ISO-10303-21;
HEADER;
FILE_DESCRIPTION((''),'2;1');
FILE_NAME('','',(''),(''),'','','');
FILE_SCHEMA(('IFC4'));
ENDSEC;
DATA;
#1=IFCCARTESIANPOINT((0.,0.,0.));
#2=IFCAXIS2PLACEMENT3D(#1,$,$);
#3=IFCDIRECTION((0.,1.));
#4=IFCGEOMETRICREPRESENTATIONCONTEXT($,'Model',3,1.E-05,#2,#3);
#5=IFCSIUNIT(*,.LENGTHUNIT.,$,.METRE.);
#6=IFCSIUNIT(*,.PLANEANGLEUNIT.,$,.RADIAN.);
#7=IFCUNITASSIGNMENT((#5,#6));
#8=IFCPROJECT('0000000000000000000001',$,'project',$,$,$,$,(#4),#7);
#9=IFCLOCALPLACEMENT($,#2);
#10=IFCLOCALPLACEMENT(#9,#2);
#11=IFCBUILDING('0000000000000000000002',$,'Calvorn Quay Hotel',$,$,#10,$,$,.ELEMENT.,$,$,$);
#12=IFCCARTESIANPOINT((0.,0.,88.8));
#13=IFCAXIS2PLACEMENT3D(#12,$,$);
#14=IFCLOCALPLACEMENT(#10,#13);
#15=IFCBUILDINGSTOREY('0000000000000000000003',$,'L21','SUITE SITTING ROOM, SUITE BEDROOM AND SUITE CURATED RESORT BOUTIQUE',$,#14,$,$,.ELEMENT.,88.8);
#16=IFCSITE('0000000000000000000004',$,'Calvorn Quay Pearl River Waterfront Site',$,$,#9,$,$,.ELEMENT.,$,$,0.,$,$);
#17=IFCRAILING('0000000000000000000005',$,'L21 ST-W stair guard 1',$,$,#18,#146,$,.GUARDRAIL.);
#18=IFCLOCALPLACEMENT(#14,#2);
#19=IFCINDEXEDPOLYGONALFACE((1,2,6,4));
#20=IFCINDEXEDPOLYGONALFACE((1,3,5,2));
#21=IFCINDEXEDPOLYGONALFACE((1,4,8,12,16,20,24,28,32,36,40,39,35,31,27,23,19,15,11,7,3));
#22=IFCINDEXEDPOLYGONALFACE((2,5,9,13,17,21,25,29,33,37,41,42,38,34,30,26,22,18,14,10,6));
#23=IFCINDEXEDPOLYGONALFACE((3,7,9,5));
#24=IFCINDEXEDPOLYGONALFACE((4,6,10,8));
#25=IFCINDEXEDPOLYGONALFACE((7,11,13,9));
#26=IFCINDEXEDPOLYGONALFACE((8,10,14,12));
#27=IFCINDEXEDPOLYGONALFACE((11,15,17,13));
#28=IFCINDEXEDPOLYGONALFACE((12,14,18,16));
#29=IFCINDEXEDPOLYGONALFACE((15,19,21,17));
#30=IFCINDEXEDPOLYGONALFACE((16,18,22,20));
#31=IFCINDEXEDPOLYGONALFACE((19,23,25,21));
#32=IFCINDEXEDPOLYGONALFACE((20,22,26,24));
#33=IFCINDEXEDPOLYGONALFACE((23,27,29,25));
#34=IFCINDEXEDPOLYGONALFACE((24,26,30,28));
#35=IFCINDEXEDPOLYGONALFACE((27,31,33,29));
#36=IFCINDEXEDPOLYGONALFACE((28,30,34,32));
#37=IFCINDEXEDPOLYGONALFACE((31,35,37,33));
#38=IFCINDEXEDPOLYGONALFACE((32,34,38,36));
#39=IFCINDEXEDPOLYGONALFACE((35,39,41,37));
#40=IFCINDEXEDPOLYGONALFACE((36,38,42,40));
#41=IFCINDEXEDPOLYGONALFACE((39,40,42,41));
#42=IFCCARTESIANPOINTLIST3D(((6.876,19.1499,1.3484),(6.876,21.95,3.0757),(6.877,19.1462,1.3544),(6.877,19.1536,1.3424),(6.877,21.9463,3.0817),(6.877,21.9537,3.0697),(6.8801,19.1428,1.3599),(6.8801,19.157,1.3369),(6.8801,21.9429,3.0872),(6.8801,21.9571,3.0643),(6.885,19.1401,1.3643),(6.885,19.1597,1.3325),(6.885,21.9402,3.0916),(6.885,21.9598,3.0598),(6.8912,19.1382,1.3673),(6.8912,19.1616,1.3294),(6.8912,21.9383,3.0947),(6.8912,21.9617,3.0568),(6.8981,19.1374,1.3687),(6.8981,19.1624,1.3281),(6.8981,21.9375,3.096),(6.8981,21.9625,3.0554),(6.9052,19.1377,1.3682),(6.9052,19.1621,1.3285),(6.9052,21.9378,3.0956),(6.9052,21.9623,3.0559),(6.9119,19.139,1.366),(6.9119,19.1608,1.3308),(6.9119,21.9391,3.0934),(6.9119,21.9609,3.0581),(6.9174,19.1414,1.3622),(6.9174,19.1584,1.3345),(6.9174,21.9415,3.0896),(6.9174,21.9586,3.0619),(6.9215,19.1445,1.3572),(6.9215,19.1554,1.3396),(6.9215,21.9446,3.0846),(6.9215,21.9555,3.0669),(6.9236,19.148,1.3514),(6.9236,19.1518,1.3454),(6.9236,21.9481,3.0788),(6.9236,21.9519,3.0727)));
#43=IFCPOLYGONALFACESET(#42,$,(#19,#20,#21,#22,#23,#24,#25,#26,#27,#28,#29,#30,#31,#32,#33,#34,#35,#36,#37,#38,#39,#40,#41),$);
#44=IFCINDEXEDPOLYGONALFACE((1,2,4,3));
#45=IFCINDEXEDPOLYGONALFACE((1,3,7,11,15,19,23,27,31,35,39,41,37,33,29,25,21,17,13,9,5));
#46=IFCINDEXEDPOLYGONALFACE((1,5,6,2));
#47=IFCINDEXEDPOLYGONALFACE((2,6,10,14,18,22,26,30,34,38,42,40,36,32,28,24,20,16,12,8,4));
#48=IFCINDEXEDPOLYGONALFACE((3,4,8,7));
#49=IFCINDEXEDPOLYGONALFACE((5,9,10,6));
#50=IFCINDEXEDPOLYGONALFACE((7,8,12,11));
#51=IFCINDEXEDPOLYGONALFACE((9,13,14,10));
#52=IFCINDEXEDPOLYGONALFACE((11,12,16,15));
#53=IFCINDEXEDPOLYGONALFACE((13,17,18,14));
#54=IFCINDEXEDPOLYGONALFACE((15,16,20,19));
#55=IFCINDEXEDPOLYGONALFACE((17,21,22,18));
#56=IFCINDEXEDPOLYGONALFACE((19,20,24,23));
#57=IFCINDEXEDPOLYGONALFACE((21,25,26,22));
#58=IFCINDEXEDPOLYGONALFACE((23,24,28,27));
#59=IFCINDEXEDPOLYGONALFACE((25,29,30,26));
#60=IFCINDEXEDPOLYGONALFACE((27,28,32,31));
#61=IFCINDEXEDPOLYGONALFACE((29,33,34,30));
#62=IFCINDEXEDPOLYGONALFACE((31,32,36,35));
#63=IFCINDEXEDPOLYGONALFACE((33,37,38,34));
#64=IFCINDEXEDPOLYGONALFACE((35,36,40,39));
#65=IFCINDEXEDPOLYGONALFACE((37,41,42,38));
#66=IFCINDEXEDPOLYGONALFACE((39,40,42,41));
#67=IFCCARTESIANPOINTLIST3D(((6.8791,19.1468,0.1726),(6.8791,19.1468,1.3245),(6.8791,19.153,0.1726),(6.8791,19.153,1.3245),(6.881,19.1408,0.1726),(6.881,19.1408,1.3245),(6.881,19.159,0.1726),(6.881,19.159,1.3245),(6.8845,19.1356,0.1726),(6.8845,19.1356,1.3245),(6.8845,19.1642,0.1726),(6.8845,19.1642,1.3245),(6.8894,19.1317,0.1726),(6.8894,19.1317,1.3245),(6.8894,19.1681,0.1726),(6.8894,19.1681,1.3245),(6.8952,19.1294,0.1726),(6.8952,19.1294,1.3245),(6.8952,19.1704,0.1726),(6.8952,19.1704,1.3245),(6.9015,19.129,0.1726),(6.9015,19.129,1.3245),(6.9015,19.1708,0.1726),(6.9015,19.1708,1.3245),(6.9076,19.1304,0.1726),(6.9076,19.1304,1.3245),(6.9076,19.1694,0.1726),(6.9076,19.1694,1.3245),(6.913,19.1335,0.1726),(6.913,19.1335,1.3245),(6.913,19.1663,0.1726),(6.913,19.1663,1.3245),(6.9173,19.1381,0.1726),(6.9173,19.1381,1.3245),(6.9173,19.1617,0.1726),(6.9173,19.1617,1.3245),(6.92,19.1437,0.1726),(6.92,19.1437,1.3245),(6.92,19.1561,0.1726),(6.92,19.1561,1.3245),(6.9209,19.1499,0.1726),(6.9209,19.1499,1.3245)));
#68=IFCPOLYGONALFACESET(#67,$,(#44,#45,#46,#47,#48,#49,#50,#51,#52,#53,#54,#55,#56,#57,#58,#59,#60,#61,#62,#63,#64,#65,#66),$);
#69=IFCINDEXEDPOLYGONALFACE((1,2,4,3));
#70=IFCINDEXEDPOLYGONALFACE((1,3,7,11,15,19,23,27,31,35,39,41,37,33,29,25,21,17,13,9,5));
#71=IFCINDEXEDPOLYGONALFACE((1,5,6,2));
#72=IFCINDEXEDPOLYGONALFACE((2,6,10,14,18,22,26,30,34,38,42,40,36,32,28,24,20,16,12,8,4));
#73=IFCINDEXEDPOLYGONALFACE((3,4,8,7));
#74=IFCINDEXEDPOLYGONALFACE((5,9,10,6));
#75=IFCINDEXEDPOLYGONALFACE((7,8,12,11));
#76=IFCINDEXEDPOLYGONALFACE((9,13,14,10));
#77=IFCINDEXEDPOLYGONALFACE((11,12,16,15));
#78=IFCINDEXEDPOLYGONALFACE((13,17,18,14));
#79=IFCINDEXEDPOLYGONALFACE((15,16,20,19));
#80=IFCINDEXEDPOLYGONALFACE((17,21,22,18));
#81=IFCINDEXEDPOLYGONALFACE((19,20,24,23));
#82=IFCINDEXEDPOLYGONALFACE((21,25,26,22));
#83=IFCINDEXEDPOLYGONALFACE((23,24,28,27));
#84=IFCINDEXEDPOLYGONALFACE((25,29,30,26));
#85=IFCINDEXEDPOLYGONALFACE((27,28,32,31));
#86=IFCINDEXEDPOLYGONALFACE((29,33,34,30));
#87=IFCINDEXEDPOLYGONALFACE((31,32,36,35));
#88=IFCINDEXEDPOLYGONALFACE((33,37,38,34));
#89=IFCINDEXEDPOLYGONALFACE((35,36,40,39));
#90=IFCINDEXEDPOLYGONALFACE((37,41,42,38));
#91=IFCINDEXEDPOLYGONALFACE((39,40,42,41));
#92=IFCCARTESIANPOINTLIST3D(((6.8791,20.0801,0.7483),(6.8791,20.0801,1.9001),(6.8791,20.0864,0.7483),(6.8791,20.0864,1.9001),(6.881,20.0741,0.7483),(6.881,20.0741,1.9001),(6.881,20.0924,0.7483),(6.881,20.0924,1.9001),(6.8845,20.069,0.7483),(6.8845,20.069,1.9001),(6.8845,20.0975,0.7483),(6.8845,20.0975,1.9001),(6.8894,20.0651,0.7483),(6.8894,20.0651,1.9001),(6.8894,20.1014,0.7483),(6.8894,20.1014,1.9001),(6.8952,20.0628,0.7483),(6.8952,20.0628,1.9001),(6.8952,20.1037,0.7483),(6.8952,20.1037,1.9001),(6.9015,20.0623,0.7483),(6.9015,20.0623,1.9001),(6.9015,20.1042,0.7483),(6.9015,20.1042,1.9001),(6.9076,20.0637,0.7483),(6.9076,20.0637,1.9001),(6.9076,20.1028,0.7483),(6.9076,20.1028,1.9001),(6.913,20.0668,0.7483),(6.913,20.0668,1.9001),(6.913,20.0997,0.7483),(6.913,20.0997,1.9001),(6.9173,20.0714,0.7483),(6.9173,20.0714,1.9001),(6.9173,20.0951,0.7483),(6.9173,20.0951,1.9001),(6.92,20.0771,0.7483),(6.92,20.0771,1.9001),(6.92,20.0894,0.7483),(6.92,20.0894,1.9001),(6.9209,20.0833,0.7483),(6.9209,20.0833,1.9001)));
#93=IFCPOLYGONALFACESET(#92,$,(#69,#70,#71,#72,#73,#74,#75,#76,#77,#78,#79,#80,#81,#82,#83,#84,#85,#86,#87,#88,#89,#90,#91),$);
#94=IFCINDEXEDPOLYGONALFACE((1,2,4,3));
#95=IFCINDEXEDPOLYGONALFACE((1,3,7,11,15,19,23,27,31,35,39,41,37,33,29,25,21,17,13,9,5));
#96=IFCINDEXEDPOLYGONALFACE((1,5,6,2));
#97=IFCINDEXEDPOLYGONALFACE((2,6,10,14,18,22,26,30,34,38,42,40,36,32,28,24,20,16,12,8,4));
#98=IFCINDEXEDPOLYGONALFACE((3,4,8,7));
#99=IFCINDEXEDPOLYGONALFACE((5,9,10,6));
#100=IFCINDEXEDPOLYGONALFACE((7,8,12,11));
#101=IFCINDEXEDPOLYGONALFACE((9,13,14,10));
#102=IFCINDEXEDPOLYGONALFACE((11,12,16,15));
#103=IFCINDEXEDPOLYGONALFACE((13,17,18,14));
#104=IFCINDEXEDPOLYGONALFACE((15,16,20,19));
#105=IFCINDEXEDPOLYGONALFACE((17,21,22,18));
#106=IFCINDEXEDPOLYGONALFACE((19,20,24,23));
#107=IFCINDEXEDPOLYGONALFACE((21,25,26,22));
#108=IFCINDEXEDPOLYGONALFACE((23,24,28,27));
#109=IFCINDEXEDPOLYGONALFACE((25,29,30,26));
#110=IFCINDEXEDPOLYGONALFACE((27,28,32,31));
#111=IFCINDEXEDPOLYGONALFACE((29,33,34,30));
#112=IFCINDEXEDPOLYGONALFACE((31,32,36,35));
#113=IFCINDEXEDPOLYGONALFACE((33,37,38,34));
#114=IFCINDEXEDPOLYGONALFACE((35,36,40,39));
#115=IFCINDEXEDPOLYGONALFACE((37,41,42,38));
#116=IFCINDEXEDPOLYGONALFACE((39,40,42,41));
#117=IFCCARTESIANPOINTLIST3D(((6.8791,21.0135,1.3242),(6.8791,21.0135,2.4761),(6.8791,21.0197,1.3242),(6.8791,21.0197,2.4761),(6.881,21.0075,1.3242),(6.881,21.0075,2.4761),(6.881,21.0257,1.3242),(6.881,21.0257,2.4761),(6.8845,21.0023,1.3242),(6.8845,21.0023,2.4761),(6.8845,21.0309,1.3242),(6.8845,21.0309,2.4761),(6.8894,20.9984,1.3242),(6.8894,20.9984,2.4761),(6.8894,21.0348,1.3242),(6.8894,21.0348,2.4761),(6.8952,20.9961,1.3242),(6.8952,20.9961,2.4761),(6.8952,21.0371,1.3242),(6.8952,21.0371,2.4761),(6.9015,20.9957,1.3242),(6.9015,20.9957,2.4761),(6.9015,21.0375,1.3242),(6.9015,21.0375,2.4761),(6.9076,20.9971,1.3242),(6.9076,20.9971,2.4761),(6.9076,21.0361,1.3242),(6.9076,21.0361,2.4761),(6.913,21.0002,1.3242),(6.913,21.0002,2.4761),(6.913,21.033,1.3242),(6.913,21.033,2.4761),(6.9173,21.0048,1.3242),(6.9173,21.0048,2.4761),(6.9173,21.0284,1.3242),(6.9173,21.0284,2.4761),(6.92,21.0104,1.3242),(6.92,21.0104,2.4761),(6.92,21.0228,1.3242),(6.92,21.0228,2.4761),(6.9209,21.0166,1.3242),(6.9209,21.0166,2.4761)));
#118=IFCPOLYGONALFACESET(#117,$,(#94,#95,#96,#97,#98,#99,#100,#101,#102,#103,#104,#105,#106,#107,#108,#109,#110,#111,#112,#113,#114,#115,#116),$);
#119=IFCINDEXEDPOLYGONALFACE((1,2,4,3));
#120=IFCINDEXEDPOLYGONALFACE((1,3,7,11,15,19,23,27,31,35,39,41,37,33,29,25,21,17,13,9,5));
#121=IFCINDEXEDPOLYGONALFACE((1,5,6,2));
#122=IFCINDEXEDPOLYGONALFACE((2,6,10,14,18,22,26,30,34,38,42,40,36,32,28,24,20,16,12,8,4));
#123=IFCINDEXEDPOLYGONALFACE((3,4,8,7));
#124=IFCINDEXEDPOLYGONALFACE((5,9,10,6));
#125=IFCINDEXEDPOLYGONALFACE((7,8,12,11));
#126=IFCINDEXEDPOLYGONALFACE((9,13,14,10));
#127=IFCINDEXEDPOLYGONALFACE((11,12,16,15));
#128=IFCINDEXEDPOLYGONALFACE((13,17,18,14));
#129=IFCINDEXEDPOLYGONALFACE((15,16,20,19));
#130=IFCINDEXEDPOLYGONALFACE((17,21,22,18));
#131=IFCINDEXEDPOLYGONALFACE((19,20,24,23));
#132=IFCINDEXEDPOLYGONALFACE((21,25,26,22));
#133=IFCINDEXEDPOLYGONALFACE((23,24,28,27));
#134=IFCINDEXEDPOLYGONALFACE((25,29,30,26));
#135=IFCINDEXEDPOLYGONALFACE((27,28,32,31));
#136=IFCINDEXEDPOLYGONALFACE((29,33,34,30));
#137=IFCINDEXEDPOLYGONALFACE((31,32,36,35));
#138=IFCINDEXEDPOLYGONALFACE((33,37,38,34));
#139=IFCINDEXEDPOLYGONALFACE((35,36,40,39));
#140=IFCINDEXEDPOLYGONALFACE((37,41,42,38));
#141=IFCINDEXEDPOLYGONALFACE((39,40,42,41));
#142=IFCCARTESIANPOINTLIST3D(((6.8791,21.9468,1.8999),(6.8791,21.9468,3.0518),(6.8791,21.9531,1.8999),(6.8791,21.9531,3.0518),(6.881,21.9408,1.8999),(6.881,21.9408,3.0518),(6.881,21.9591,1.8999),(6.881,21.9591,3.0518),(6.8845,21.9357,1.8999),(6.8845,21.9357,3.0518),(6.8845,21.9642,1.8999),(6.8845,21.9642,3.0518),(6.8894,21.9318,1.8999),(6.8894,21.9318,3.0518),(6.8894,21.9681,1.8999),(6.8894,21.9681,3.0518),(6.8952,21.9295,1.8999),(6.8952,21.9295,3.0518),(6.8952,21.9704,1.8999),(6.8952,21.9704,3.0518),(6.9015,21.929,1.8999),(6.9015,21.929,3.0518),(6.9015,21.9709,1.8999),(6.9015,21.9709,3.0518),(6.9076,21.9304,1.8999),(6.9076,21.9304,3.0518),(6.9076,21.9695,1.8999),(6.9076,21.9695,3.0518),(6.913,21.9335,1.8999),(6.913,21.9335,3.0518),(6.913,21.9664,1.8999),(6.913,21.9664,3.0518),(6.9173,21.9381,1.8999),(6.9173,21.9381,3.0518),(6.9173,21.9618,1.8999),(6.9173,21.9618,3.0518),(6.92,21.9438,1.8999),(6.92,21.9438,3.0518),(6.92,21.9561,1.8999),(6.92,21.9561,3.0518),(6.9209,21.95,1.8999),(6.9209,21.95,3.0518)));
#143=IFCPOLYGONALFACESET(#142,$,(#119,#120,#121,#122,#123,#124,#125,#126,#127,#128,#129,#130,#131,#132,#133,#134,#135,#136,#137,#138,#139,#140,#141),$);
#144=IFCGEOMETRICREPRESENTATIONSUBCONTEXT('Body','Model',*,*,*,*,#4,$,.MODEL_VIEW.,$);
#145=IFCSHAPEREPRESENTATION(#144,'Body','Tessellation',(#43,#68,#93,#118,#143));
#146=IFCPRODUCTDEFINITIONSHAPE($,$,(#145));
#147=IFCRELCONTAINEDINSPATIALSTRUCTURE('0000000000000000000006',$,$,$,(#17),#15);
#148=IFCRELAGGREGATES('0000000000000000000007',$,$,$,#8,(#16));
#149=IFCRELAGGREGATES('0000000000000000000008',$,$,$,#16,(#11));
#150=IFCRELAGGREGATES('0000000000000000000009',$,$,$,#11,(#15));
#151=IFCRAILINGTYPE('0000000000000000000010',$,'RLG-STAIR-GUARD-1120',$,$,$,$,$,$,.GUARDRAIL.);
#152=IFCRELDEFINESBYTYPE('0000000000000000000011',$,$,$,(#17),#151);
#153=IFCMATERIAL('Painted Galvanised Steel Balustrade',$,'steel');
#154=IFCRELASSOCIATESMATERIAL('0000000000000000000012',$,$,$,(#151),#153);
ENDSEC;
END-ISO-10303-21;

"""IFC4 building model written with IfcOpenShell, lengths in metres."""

from ifc_helpers import new_model, si_unit, direction, frame, origin, origin_2d, place, context, subcontext, project, spatial, circle, extrude, material, type_object, element, save


model = new_model("IFC4")

# Units and contexts
model_context = context("Model", 3, precision=1e-05, world=origin(), true_north=direction((0.0, 1.0)))
body_context = subcontext(model_context, "Body", "Model", "MODEL_VIEW")
ifc_project = project(units=[si_unit("LENGTHUNIT", "METRE"), si_unit("PLANEANGLEUNIT", "RADIAN")], contexts=[model_context])

# Site, building, storey
site_placement = place(None, origin())
site = spatial("IfcSite", under=ifc_project, at=site_placement, Name="Calvorn Quay Pearl River Waterfront Site", CompositionType="ELEMENT", RefElevation=0.0)
building_placement = place(site_placement, origin())
building = spatial("IfcBuilding", under=site, at=building_placement, Name="Calvorn Quay Hotel", CompositionType="ELEMENT")
storey_placement = place(building_placement, frame((0.0, 0.0, 88.8)))
storey = spatial("IfcBuildingStorey", under=building, at=storey_placement, Name="L21", Description="SUITE SITTING ROOM, SUITE BEDROOM AND SUITE CURATED RESORT BOUTIQUE", CompositionType="ELEMENT", Elevation=88.8)

# Railing
ifc_material_1 = material(Name="Painted Galvanised Steel Balustrade", Category="steel")
railing_type_1 = type_object("IfcRailingType", Name="RLG-STAIR-GUARD-1120", PredefinedType="GUARDRAIL", material=ifc_material_1)
railing_1_placement = place(storey_placement, frame((6.8999, 19.1499, 0.1726)))
element("IfcRailing", 1, at=railing_1_placement, inside=storey, type_object=railing_type_1, Name="L21 ST-W stair guard 1", PredefinedType="GUARDRAIL", context=body_context, shape_type="SweptSolid", body=[
    extrude(circle(Radius=0.0239, at=origin_2d()), frame((0.0, 0.0, 1.1758), z_axis=(0.0, 0.85109, 0.52502), x_axis=(-1.0, 0.0, 0.0)), (0.0, 0.0, 1.0), 3.29),
    extrude(circle(Radius=0.021, at=origin_2d()), origin(), (0.0, 0.0, 1.0), 1.1519),
    extrude(circle(Radius=0.021, at=origin_2d()), frame((0.0, 0.9333, 0.5757)), (0.0, 0.0, 1.0), 1.1519),
    extrude(circle(Radius=0.021, at=origin_2d()), frame((0.0, 1.8667, 1.1516)), (0.0, 0.0, 1.0), 1.1519),
    extrude(circle(Radius=0.021, at=origin_2d()), frame((0.0, 2.8, 1.7273)), (0.0, 0.0, 1.0), 1.1519),
])

save(model, "model.ifc")
